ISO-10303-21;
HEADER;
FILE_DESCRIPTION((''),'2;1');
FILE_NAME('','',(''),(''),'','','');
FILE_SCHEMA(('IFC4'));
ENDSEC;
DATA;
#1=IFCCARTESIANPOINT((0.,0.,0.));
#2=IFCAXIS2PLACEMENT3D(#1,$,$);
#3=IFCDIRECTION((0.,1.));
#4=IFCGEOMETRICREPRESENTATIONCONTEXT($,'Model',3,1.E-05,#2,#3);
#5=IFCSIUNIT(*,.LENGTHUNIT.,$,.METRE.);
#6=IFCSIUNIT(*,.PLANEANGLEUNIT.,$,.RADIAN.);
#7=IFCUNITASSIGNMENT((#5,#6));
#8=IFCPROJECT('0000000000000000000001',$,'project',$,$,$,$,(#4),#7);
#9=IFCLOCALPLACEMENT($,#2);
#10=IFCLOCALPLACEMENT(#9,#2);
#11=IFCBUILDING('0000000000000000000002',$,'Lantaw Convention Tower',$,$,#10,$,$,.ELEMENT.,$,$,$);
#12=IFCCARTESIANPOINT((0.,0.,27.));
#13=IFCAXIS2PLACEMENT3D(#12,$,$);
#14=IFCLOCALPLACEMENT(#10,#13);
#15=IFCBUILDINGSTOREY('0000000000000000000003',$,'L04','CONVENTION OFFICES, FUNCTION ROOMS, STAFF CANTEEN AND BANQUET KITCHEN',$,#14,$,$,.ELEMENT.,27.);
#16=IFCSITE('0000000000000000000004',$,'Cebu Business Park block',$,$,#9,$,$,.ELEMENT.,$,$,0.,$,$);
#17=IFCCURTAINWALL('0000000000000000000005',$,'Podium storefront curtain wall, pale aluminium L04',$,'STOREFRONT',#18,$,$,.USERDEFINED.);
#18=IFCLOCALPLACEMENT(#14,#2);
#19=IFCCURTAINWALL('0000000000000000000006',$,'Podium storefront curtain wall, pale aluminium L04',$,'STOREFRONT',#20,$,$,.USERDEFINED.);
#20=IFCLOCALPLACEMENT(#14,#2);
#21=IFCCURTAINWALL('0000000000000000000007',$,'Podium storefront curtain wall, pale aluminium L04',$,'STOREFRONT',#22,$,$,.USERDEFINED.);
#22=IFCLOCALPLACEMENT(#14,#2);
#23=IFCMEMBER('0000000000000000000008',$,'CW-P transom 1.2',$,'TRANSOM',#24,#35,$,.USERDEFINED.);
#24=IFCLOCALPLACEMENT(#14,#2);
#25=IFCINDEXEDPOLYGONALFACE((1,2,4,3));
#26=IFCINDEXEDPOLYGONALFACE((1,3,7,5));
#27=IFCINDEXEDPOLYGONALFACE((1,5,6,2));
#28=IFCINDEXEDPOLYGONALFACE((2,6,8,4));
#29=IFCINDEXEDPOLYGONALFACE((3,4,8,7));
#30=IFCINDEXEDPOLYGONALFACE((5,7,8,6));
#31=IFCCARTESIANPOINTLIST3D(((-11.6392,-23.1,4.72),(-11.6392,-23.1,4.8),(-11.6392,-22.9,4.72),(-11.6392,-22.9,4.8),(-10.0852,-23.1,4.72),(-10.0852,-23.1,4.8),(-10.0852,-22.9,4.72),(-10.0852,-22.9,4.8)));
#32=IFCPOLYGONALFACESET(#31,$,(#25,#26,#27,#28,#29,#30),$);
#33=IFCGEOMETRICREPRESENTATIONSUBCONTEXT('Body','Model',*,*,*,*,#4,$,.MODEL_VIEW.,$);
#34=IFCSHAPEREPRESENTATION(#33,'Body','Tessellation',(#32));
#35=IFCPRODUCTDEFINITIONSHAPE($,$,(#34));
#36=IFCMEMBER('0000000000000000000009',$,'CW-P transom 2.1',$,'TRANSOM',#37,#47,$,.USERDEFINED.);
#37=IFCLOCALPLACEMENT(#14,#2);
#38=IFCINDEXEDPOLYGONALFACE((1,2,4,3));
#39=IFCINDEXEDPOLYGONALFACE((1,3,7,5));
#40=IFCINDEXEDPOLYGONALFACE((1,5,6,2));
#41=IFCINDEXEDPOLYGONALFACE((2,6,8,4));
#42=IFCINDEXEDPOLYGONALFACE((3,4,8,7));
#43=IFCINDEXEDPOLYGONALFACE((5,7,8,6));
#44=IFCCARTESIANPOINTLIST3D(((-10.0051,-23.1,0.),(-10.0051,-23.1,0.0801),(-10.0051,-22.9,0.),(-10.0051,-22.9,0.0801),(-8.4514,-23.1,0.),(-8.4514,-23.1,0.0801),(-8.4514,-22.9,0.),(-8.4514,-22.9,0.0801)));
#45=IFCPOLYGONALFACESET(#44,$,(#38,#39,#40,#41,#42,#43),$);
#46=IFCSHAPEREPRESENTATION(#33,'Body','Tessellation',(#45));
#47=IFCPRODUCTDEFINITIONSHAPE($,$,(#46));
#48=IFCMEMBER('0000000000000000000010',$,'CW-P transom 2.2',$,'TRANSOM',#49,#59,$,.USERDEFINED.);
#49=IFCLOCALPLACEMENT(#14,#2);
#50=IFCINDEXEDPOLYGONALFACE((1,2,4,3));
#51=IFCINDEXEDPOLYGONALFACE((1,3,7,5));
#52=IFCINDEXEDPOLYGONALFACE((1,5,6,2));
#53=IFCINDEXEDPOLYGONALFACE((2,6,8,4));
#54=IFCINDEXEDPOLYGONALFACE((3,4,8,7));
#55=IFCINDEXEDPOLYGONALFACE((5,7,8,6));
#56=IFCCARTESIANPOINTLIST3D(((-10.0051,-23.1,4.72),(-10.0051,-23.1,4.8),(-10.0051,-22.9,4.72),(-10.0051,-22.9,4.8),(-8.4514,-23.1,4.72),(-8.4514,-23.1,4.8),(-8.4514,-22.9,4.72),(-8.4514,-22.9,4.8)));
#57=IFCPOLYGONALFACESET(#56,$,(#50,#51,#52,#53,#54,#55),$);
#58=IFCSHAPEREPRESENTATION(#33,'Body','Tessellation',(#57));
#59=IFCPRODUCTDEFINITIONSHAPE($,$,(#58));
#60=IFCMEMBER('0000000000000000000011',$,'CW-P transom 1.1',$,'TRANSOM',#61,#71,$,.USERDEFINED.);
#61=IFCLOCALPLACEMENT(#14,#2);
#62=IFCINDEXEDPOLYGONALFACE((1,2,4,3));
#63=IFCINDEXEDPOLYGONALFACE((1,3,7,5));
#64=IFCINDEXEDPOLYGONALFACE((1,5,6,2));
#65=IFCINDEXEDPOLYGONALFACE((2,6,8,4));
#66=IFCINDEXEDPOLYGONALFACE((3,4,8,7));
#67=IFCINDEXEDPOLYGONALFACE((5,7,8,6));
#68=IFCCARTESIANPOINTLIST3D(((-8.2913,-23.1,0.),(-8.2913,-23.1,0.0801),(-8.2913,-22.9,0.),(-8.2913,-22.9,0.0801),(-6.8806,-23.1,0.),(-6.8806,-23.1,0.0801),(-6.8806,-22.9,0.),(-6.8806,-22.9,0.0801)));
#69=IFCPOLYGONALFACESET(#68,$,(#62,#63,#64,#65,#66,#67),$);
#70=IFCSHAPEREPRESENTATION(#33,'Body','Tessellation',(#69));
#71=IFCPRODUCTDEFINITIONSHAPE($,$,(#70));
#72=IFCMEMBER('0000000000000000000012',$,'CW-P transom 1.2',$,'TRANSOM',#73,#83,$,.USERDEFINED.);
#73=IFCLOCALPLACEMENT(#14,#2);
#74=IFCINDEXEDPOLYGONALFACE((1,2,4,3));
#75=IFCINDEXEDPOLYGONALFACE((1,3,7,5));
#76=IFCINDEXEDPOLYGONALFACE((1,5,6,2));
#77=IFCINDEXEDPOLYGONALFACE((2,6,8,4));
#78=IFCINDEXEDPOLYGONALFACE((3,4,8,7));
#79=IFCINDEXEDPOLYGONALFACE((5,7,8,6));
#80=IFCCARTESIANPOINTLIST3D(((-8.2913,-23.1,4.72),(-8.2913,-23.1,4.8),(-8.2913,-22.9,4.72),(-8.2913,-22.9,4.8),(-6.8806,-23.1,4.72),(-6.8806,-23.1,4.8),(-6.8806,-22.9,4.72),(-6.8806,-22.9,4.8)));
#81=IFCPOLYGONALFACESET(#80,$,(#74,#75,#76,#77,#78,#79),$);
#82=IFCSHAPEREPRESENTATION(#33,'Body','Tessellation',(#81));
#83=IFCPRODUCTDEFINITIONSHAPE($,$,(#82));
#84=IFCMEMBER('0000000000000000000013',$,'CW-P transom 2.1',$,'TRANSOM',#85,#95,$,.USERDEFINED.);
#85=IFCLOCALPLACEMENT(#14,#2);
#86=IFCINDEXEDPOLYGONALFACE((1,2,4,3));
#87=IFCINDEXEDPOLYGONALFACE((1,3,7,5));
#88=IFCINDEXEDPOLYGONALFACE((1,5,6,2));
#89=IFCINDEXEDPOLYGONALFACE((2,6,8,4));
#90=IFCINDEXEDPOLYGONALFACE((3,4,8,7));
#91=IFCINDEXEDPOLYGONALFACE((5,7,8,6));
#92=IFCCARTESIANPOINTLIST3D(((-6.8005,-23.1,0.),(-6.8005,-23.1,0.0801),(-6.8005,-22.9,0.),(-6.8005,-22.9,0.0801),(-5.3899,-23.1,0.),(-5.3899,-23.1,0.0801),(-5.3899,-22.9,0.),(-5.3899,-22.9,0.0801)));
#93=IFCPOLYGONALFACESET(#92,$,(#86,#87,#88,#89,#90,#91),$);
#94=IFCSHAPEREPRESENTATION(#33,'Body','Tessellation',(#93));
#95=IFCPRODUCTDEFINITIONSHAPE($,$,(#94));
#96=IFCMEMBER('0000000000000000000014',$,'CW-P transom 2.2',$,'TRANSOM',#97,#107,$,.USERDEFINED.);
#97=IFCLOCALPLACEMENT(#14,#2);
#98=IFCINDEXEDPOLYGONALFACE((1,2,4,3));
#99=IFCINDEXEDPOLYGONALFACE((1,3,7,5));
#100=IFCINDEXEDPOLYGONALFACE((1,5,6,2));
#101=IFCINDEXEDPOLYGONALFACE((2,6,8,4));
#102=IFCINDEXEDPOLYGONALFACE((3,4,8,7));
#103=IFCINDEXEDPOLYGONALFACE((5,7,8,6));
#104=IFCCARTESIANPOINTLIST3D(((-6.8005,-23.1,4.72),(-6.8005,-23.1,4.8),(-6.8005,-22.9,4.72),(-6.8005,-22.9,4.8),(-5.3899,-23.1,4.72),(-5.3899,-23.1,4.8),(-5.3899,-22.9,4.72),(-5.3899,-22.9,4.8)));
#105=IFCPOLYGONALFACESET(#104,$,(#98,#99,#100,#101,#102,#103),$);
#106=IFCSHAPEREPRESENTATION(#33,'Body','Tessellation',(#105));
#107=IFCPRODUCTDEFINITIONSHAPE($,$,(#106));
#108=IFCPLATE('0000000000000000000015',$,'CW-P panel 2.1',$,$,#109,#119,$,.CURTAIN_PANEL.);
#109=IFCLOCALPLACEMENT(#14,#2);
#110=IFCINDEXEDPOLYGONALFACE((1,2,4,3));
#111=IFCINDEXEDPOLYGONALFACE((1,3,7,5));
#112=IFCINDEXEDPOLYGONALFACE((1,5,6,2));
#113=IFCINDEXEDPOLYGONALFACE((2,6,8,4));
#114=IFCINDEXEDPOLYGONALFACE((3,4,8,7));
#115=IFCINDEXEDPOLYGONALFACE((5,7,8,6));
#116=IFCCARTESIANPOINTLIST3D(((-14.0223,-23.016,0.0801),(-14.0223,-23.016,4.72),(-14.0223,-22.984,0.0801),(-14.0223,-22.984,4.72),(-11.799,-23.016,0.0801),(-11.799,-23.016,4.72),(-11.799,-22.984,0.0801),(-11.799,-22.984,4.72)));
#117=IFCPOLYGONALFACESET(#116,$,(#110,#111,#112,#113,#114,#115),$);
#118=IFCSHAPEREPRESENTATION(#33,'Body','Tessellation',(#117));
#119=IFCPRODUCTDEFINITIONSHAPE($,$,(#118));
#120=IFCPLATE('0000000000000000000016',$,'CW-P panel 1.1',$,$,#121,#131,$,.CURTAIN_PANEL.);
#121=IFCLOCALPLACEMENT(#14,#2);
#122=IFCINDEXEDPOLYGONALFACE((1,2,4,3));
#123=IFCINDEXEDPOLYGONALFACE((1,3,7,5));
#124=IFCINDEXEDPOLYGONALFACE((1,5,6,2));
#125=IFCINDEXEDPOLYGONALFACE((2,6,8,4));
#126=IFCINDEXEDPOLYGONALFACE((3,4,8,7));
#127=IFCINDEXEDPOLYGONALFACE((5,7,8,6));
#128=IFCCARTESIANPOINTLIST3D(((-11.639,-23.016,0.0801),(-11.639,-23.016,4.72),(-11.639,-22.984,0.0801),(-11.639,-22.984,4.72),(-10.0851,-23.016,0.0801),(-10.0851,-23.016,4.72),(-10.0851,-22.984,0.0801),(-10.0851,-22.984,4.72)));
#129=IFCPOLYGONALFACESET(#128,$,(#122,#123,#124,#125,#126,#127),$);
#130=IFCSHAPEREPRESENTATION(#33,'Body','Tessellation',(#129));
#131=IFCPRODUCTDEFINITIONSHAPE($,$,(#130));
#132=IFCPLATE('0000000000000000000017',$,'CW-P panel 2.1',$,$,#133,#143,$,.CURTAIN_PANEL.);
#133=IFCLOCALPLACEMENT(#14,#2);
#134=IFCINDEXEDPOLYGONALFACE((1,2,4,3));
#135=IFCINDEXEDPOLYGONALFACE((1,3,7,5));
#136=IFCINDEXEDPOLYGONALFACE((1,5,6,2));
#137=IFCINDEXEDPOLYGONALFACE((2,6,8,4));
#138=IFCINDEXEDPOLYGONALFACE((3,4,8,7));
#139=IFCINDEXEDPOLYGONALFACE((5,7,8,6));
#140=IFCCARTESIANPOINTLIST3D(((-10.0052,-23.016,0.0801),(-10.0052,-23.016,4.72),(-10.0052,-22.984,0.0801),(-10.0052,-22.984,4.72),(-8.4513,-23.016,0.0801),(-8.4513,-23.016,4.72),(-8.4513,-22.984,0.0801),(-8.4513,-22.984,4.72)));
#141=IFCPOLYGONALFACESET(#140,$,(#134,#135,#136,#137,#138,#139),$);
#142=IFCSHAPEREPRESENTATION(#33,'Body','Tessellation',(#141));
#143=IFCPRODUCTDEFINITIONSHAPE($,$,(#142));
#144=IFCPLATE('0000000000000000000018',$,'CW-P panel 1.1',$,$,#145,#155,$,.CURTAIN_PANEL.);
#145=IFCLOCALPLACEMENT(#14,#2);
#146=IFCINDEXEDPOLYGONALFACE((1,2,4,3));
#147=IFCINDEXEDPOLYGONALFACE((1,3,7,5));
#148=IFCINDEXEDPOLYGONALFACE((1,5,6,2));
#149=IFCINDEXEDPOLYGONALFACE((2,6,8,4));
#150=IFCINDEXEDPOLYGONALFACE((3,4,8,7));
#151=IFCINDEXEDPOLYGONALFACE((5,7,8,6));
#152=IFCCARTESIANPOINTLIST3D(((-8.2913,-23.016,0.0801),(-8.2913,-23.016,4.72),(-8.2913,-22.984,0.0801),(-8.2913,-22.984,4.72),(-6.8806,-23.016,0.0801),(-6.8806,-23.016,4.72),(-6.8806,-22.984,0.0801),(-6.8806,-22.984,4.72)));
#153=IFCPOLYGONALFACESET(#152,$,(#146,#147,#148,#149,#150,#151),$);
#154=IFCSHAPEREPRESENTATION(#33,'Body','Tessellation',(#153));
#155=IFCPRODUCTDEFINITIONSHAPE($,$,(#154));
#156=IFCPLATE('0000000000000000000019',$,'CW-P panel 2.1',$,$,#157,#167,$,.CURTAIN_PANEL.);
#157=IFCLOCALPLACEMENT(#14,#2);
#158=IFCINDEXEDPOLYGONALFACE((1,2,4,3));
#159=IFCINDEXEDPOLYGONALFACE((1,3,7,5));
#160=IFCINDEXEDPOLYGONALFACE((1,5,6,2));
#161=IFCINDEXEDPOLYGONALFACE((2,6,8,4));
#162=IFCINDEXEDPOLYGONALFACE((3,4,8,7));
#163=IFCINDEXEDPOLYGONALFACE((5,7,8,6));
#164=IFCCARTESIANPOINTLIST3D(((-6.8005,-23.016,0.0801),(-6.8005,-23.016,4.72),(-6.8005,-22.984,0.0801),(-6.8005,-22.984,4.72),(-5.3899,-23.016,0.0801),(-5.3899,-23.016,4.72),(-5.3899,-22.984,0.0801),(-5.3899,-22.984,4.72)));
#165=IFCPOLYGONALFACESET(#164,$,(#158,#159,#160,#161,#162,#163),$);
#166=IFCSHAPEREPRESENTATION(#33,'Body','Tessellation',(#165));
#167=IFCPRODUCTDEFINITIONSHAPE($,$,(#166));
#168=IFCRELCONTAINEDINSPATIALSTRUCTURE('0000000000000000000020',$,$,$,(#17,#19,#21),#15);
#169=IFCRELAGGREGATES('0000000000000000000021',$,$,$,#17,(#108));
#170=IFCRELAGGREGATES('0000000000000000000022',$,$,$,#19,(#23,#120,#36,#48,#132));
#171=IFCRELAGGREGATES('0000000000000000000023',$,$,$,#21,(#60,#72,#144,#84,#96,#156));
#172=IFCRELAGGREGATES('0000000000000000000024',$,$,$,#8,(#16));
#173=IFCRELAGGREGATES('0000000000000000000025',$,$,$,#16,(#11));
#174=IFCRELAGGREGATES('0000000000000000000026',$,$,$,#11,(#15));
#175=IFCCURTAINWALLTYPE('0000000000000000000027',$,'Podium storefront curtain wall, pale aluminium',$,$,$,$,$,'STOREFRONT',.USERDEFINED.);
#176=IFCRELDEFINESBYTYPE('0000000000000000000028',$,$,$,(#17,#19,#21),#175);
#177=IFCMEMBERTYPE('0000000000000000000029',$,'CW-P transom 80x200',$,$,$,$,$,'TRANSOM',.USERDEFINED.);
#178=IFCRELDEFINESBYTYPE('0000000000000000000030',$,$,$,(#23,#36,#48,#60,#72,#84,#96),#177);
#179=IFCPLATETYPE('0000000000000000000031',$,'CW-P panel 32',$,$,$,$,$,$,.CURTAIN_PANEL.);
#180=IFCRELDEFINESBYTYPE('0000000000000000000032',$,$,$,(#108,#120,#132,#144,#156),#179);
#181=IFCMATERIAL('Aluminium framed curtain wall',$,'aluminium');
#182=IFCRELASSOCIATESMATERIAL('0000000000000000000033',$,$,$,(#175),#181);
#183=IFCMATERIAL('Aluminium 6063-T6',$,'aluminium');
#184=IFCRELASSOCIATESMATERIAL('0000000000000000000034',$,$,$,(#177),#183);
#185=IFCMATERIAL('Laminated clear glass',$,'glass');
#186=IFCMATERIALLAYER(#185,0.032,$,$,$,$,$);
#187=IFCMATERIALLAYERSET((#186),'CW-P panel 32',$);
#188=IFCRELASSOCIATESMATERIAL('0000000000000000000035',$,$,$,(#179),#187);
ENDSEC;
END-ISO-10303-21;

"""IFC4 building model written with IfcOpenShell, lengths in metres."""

from ifc_helpers import new_model, si_unit, direction, frame, origin, origin_2d, place, context, subcontext, project, spatial, rectangle, extrude, material, layer, layer_set, material_profile, profile_set, type_object, element, aggregate, save


model = new_model("IFC4")

# Units and contexts
model_context = context("Model", 3, precision=1e-05, world=origin(), true_north=direction((0.0, 1.0)))
body_context = subcontext(model_context, "Body", "Model", "MODEL_VIEW")
ifc_project = project(units=[si_unit("LENGTHUNIT", "METRE"), si_unit("PLANEANGLEUNIT", "RADIAN")], contexts=[model_context])

# Site, building, storey
site_placement = place(None, origin())
site = spatial("IfcSite", under=ifc_project, at=site_placement, Name="Cebu Business Park block", CompositionType="ELEMENT", RefElevation=0.0)
building_placement = place(site_placement, origin())
building = spatial("IfcBuilding", under=site, at=building_placement, Name="Lantaw Convention Tower", CompositionType="ELEMENT")
storey_placement = place(building_placement, frame((0.0, 0.0, 27.0)))
storey = spatial("IfcBuildingStorey", under=building, at=storey_placement, Name="L04", Description="CONVENTION OFFICES, FUNCTION ROOMS, STAFF CANTEEN AND BANQUET KITCHEN", CompositionType="ELEMENT", Elevation=27.0)

# Curtain wall
ifc_material_1 = material(Name="Aluminium framed curtain wall", Category="aluminium")
curtain_wall_type = type_object("IfcCurtainWallType", Name="Podium storefront curtain wall, pale aluminium", ElementType="STOREFRONT", PredefinedType="USERDEFINED", material=ifc_material_1)
curtain_wall_1_placement = place(storey_placement, origin())
curtain_wall_1 = element("IfcCurtainWall", 1, at=curtain_wall_1_placement, inside=storey, type_object=curtain_wall_type, Name="Podium storefront curtain wall, pale aluminium L04", ObjectType="STOREFRONT", PredefinedType="USERDEFINED")
ifc_material_2 = material(Name="Aluminium 6063-T6", Category="aluminium")

# Curtain walls
curtain_wall_2_placement = place(storey_placement, origin())
curtain_wall_2 = element("IfcCurtainWall", 2, at=curtain_wall_2_placement, inside=storey, type_object=curtain_wall_type, Name="Podium storefront curtain wall, pale aluminium L04", ObjectType="STOREFRONT", PredefinedType="USERDEFINED")
curtain_wall_3_placement = place(storey_placement, origin())
curtain_wall_3 = element("IfcCurtainWall", 3, at=curtain_wall_3_placement, inside=storey, type_object=curtain_wall_type, Name="Podium storefront curtain wall, pale aluminium L04", ObjectType="STOREFRONT", PredefinedType="USERDEFINED")

# Members
ifc_material_profile_1 = material_profile(ifc_material_2, rectangle(XDim=0.2, YDim=0.0801, at=origin_2d()), Name="CW-P transom 80x200")
ifc_profile_set_1 = profile_set([ifc_material_profile_1], Name="Aluminium 6063-T6")
member_type_1 = type_object("IfcMemberType", Name="CW-P transom 80x200", ElementType="TRANSOM", PredefinedType="USERDEFINED", material=ifc_profile_set_1)
member_1_placement = place(storey_placement, frame((-11.6392, -23.0, 4.76), z_axis=(1.0, 0.0, 0.0), x_axis=(0.0, 1.0, 0.0)))
member_1 = element("IfcMember", 4, at=member_1_placement, type_object=member_type_1, Name="CW-P transom 1.2", ObjectType="TRANSOM", PredefinedType="USERDEFINED", context=body_context, shape_type="SweptSolid", body=[
    extrude(rectangle(XDim=0.2, YDim=0.0801, at=origin_2d()), origin(), (0.0, 0.0, 1.0), 1.554),
])
member_2_placement = place(storey_placement, frame((-10.0051, -23.0, 0.04), z_axis=(1.0, 0.0, 0.0), x_axis=(0.0, 1.0, 0.0)))
member_2 = element("IfcMember", 5, at=member_2_placement, type_object=member_type_1, Name="CW-P transom 2.1", ObjectType="TRANSOM", PredefinedType="USERDEFINED", context=body_context, shape_type="SweptSolid", body=[
    extrude(rectangle(XDim=0.2, YDim=0.0801, at=origin_2d()), origin(), (0.0, 0.0, 1.0), 1.5537),
])
member_3_placement = place(storey_placement, frame((-10.0051, -23.0, 4.76), z_axis=(1.0, 0.0, 0.0), x_axis=(0.0, 1.0, 0.0)))
member_3 = element("IfcMember", 6, at=member_3_placement, type_object=member_type_1, Name="CW-P transom 2.2", ObjectType="TRANSOM", PredefinedType="USERDEFINED", context=body_context, shape_type="SweptSolid", body=[
    extrude(rectangle(XDim=0.2, YDim=0.0801, at=origin_2d()), origin(), (0.0, 0.0, 1.0), 1.5537),
])
member_4_placement = place(storey_placement, frame((-8.2913, -23.0, 0.04), z_axis=(1.0, 0.0, 0.0), x_axis=(0.0, 1.0, 0.0)))
member_4 = element("IfcMember", 7, at=member_4_placement, type_object=member_type_1, Name="CW-P transom 1.1", ObjectType="TRANSOM", PredefinedType="USERDEFINED", context=body_context, shape_type="SweptSolid", body=[
    extrude(rectangle(XDim=0.2, YDim=0.0801, at=origin_2d()), origin(), (0.0, 0.0, 1.0), 1.4106),
])
member_5_placement = place(storey_placement, frame((-8.2913, -23.0, 4.76), z_axis=(1.0, 0.0, 0.0), x_axis=(0.0, 1.0, 0.0)))
member_5 = element("IfcMember", 8, at=member_5_placement, type_object=member_type_1, Name="CW-P transom 1.2", ObjectType="TRANSOM", PredefinedType="USERDEFINED", context=body_context, shape_type="SweptSolid", body=[
    extrude(rectangle(XDim=0.2, YDim=0.0801, at=origin_2d()), origin(), (0.0, 0.0, 1.0), 1.4106),
])
member_6_placement = place(storey_placement, frame((-6.8005, -23.0, 0.04), z_axis=(1.0, 0.0, 0.0), x_axis=(0.0, 1.0, 0.0)))
member_6 = element("IfcMember", 9, at=member_6_placement, type_object=member_type_1, Name="CW-P transom 2.1", ObjectType="TRANSOM", PredefinedType="USERDEFINED", context=body_context, shape_type="SweptSolid", body=[
    extrude(rectangle(XDim=0.2, YDim=0.0801, at=origin_2d()), origin(), (0.0, 0.0, 1.0), 1.4106),
])
member_7_placement = place(storey_placement, frame((-6.8005, -23.0, 4.76), z_axis=(1.0, 0.0, 0.0), x_axis=(0.0, 1.0, 0.0)))
member_7 = element("IfcMember", 10, at=member_7_placement, type_object=member_type_1, Name="CW-P transom 2.2", ObjectType="TRANSOM", PredefinedType="USERDEFINED", context=body_context, shape_type="SweptSolid", body=[
    extrude(rectangle(XDim=0.2, YDim=0.0801, at=origin_2d()), origin(), (0.0, 0.0, 1.0), 1.4106),
])

# Plates
ifc_material_3 = material(Name="Laminated clear glass", Category="glass")
ifc_layer = layer(ifc_material_3, 0.032)
ifc_layer_set = layer_set([ifc_layer], Name="CW-P panel 32")
plate_type = type_object("IfcPlateType", Name="CW-P panel 32", PredefinedType="CURTAIN_PANEL", material=ifc_layer_set)
plate_1_placement = place(storey_placement, frame((-12.9106, -23.0, 0.0801), z_axis=(0.0, 0.0, 1.0), x_axis=(1.0, 0.0, 0.0)))
plate_1 = element("IfcPlate", 11, at=plate_1_placement, type_object=plate_type, Name="CW-P panel 2.1", PredefinedType="CURTAIN_PANEL", context=body_context, shape_type="SweptSolid", body=[
    extrude(rectangle(XDim=2.2234, YDim=0.032, at=origin_2d()), origin(), (0.0, 0.0, 1.0), 4.6399),
])
aggregate(curtain_wall_1, [plate_1])
plate_2_placement = place(storey_placement, frame((-10.8621, -23.0, 0.0801), z_axis=(0.0, 0.0, 1.0), x_axis=(1.0, 0.0, 0.0)))
plate_2 = element("IfcPlate", 12, at=plate_2_placement, type_object=plate_type, Name="CW-P panel 1.1", PredefinedType="CURTAIN_PANEL", context=body_context, shape_type="SweptSolid", body=[
    extrude(rectangle(XDim=1.554, YDim=0.032, at=origin_2d()), origin(), (0.0, 0.0, 1.0), 4.6399),
])
plate_3_placement = place(storey_placement, frame((-9.2283, -23.0, 0.0801), z_axis=(0.0, 0.0, 1.0), x_axis=(1.0, 0.0, 0.0)))
plate_3 = element("IfcPlate", 13, at=plate_3_placement, type_object=plate_type, Name="CW-P panel 2.1", PredefinedType="CURTAIN_PANEL", context=body_context, shape_type="SweptSolid", body=[
    extrude(rectangle(XDim=1.554, YDim=0.032, at=origin_2d()), origin(), (0.0, 0.0, 1.0), 4.6399),
])
aggregate(curtain_wall_2, [member_1, plate_2, member_2, member_3, plate_3])
plate_4_placement = place(storey_placement, frame((-7.5859, -23.0, 0.0801), z_axis=(0.0, 0.0, 1.0), x_axis=(1.0, 0.0, 0.0)))
plate_4 = element("IfcPlate", 14, at=plate_4_placement, type_object=plate_type, Name="CW-P panel 1.1", PredefinedType="CURTAIN_PANEL", context=body_context, shape_type="SweptSolid", body=[
    extrude(rectangle(XDim=1.4106, YDim=0.032, at=origin_2d()), origin(), (0.0, 0.0, 1.0), 4.6399),
])
plate_5_placement = place(storey_placement, frame((-6.0952, -23.0, 0.0801), z_axis=(0.0, 0.0, 1.0), x_axis=(1.0, 0.0, 0.0)))
plate_5 = element("IfcPlate", 15, at=plate_5_placement, type_object=plate_type, Name="CW-P panel 2.1", PredefinedType="CURTAIN_PANEL", context=body_context, shape_type="SweptSolid", body=[
    extrude(rectangle(XDim=1.4106, YDim=0.032, at=origin_2d()), origin(), (0.0, 0.0, 1.0), 4.6399),
])
aggregate(curtain_wall_3, [member_4, member_5, plate_4, member_6, member_7, plate_5])

save(model, "model.ifc")
